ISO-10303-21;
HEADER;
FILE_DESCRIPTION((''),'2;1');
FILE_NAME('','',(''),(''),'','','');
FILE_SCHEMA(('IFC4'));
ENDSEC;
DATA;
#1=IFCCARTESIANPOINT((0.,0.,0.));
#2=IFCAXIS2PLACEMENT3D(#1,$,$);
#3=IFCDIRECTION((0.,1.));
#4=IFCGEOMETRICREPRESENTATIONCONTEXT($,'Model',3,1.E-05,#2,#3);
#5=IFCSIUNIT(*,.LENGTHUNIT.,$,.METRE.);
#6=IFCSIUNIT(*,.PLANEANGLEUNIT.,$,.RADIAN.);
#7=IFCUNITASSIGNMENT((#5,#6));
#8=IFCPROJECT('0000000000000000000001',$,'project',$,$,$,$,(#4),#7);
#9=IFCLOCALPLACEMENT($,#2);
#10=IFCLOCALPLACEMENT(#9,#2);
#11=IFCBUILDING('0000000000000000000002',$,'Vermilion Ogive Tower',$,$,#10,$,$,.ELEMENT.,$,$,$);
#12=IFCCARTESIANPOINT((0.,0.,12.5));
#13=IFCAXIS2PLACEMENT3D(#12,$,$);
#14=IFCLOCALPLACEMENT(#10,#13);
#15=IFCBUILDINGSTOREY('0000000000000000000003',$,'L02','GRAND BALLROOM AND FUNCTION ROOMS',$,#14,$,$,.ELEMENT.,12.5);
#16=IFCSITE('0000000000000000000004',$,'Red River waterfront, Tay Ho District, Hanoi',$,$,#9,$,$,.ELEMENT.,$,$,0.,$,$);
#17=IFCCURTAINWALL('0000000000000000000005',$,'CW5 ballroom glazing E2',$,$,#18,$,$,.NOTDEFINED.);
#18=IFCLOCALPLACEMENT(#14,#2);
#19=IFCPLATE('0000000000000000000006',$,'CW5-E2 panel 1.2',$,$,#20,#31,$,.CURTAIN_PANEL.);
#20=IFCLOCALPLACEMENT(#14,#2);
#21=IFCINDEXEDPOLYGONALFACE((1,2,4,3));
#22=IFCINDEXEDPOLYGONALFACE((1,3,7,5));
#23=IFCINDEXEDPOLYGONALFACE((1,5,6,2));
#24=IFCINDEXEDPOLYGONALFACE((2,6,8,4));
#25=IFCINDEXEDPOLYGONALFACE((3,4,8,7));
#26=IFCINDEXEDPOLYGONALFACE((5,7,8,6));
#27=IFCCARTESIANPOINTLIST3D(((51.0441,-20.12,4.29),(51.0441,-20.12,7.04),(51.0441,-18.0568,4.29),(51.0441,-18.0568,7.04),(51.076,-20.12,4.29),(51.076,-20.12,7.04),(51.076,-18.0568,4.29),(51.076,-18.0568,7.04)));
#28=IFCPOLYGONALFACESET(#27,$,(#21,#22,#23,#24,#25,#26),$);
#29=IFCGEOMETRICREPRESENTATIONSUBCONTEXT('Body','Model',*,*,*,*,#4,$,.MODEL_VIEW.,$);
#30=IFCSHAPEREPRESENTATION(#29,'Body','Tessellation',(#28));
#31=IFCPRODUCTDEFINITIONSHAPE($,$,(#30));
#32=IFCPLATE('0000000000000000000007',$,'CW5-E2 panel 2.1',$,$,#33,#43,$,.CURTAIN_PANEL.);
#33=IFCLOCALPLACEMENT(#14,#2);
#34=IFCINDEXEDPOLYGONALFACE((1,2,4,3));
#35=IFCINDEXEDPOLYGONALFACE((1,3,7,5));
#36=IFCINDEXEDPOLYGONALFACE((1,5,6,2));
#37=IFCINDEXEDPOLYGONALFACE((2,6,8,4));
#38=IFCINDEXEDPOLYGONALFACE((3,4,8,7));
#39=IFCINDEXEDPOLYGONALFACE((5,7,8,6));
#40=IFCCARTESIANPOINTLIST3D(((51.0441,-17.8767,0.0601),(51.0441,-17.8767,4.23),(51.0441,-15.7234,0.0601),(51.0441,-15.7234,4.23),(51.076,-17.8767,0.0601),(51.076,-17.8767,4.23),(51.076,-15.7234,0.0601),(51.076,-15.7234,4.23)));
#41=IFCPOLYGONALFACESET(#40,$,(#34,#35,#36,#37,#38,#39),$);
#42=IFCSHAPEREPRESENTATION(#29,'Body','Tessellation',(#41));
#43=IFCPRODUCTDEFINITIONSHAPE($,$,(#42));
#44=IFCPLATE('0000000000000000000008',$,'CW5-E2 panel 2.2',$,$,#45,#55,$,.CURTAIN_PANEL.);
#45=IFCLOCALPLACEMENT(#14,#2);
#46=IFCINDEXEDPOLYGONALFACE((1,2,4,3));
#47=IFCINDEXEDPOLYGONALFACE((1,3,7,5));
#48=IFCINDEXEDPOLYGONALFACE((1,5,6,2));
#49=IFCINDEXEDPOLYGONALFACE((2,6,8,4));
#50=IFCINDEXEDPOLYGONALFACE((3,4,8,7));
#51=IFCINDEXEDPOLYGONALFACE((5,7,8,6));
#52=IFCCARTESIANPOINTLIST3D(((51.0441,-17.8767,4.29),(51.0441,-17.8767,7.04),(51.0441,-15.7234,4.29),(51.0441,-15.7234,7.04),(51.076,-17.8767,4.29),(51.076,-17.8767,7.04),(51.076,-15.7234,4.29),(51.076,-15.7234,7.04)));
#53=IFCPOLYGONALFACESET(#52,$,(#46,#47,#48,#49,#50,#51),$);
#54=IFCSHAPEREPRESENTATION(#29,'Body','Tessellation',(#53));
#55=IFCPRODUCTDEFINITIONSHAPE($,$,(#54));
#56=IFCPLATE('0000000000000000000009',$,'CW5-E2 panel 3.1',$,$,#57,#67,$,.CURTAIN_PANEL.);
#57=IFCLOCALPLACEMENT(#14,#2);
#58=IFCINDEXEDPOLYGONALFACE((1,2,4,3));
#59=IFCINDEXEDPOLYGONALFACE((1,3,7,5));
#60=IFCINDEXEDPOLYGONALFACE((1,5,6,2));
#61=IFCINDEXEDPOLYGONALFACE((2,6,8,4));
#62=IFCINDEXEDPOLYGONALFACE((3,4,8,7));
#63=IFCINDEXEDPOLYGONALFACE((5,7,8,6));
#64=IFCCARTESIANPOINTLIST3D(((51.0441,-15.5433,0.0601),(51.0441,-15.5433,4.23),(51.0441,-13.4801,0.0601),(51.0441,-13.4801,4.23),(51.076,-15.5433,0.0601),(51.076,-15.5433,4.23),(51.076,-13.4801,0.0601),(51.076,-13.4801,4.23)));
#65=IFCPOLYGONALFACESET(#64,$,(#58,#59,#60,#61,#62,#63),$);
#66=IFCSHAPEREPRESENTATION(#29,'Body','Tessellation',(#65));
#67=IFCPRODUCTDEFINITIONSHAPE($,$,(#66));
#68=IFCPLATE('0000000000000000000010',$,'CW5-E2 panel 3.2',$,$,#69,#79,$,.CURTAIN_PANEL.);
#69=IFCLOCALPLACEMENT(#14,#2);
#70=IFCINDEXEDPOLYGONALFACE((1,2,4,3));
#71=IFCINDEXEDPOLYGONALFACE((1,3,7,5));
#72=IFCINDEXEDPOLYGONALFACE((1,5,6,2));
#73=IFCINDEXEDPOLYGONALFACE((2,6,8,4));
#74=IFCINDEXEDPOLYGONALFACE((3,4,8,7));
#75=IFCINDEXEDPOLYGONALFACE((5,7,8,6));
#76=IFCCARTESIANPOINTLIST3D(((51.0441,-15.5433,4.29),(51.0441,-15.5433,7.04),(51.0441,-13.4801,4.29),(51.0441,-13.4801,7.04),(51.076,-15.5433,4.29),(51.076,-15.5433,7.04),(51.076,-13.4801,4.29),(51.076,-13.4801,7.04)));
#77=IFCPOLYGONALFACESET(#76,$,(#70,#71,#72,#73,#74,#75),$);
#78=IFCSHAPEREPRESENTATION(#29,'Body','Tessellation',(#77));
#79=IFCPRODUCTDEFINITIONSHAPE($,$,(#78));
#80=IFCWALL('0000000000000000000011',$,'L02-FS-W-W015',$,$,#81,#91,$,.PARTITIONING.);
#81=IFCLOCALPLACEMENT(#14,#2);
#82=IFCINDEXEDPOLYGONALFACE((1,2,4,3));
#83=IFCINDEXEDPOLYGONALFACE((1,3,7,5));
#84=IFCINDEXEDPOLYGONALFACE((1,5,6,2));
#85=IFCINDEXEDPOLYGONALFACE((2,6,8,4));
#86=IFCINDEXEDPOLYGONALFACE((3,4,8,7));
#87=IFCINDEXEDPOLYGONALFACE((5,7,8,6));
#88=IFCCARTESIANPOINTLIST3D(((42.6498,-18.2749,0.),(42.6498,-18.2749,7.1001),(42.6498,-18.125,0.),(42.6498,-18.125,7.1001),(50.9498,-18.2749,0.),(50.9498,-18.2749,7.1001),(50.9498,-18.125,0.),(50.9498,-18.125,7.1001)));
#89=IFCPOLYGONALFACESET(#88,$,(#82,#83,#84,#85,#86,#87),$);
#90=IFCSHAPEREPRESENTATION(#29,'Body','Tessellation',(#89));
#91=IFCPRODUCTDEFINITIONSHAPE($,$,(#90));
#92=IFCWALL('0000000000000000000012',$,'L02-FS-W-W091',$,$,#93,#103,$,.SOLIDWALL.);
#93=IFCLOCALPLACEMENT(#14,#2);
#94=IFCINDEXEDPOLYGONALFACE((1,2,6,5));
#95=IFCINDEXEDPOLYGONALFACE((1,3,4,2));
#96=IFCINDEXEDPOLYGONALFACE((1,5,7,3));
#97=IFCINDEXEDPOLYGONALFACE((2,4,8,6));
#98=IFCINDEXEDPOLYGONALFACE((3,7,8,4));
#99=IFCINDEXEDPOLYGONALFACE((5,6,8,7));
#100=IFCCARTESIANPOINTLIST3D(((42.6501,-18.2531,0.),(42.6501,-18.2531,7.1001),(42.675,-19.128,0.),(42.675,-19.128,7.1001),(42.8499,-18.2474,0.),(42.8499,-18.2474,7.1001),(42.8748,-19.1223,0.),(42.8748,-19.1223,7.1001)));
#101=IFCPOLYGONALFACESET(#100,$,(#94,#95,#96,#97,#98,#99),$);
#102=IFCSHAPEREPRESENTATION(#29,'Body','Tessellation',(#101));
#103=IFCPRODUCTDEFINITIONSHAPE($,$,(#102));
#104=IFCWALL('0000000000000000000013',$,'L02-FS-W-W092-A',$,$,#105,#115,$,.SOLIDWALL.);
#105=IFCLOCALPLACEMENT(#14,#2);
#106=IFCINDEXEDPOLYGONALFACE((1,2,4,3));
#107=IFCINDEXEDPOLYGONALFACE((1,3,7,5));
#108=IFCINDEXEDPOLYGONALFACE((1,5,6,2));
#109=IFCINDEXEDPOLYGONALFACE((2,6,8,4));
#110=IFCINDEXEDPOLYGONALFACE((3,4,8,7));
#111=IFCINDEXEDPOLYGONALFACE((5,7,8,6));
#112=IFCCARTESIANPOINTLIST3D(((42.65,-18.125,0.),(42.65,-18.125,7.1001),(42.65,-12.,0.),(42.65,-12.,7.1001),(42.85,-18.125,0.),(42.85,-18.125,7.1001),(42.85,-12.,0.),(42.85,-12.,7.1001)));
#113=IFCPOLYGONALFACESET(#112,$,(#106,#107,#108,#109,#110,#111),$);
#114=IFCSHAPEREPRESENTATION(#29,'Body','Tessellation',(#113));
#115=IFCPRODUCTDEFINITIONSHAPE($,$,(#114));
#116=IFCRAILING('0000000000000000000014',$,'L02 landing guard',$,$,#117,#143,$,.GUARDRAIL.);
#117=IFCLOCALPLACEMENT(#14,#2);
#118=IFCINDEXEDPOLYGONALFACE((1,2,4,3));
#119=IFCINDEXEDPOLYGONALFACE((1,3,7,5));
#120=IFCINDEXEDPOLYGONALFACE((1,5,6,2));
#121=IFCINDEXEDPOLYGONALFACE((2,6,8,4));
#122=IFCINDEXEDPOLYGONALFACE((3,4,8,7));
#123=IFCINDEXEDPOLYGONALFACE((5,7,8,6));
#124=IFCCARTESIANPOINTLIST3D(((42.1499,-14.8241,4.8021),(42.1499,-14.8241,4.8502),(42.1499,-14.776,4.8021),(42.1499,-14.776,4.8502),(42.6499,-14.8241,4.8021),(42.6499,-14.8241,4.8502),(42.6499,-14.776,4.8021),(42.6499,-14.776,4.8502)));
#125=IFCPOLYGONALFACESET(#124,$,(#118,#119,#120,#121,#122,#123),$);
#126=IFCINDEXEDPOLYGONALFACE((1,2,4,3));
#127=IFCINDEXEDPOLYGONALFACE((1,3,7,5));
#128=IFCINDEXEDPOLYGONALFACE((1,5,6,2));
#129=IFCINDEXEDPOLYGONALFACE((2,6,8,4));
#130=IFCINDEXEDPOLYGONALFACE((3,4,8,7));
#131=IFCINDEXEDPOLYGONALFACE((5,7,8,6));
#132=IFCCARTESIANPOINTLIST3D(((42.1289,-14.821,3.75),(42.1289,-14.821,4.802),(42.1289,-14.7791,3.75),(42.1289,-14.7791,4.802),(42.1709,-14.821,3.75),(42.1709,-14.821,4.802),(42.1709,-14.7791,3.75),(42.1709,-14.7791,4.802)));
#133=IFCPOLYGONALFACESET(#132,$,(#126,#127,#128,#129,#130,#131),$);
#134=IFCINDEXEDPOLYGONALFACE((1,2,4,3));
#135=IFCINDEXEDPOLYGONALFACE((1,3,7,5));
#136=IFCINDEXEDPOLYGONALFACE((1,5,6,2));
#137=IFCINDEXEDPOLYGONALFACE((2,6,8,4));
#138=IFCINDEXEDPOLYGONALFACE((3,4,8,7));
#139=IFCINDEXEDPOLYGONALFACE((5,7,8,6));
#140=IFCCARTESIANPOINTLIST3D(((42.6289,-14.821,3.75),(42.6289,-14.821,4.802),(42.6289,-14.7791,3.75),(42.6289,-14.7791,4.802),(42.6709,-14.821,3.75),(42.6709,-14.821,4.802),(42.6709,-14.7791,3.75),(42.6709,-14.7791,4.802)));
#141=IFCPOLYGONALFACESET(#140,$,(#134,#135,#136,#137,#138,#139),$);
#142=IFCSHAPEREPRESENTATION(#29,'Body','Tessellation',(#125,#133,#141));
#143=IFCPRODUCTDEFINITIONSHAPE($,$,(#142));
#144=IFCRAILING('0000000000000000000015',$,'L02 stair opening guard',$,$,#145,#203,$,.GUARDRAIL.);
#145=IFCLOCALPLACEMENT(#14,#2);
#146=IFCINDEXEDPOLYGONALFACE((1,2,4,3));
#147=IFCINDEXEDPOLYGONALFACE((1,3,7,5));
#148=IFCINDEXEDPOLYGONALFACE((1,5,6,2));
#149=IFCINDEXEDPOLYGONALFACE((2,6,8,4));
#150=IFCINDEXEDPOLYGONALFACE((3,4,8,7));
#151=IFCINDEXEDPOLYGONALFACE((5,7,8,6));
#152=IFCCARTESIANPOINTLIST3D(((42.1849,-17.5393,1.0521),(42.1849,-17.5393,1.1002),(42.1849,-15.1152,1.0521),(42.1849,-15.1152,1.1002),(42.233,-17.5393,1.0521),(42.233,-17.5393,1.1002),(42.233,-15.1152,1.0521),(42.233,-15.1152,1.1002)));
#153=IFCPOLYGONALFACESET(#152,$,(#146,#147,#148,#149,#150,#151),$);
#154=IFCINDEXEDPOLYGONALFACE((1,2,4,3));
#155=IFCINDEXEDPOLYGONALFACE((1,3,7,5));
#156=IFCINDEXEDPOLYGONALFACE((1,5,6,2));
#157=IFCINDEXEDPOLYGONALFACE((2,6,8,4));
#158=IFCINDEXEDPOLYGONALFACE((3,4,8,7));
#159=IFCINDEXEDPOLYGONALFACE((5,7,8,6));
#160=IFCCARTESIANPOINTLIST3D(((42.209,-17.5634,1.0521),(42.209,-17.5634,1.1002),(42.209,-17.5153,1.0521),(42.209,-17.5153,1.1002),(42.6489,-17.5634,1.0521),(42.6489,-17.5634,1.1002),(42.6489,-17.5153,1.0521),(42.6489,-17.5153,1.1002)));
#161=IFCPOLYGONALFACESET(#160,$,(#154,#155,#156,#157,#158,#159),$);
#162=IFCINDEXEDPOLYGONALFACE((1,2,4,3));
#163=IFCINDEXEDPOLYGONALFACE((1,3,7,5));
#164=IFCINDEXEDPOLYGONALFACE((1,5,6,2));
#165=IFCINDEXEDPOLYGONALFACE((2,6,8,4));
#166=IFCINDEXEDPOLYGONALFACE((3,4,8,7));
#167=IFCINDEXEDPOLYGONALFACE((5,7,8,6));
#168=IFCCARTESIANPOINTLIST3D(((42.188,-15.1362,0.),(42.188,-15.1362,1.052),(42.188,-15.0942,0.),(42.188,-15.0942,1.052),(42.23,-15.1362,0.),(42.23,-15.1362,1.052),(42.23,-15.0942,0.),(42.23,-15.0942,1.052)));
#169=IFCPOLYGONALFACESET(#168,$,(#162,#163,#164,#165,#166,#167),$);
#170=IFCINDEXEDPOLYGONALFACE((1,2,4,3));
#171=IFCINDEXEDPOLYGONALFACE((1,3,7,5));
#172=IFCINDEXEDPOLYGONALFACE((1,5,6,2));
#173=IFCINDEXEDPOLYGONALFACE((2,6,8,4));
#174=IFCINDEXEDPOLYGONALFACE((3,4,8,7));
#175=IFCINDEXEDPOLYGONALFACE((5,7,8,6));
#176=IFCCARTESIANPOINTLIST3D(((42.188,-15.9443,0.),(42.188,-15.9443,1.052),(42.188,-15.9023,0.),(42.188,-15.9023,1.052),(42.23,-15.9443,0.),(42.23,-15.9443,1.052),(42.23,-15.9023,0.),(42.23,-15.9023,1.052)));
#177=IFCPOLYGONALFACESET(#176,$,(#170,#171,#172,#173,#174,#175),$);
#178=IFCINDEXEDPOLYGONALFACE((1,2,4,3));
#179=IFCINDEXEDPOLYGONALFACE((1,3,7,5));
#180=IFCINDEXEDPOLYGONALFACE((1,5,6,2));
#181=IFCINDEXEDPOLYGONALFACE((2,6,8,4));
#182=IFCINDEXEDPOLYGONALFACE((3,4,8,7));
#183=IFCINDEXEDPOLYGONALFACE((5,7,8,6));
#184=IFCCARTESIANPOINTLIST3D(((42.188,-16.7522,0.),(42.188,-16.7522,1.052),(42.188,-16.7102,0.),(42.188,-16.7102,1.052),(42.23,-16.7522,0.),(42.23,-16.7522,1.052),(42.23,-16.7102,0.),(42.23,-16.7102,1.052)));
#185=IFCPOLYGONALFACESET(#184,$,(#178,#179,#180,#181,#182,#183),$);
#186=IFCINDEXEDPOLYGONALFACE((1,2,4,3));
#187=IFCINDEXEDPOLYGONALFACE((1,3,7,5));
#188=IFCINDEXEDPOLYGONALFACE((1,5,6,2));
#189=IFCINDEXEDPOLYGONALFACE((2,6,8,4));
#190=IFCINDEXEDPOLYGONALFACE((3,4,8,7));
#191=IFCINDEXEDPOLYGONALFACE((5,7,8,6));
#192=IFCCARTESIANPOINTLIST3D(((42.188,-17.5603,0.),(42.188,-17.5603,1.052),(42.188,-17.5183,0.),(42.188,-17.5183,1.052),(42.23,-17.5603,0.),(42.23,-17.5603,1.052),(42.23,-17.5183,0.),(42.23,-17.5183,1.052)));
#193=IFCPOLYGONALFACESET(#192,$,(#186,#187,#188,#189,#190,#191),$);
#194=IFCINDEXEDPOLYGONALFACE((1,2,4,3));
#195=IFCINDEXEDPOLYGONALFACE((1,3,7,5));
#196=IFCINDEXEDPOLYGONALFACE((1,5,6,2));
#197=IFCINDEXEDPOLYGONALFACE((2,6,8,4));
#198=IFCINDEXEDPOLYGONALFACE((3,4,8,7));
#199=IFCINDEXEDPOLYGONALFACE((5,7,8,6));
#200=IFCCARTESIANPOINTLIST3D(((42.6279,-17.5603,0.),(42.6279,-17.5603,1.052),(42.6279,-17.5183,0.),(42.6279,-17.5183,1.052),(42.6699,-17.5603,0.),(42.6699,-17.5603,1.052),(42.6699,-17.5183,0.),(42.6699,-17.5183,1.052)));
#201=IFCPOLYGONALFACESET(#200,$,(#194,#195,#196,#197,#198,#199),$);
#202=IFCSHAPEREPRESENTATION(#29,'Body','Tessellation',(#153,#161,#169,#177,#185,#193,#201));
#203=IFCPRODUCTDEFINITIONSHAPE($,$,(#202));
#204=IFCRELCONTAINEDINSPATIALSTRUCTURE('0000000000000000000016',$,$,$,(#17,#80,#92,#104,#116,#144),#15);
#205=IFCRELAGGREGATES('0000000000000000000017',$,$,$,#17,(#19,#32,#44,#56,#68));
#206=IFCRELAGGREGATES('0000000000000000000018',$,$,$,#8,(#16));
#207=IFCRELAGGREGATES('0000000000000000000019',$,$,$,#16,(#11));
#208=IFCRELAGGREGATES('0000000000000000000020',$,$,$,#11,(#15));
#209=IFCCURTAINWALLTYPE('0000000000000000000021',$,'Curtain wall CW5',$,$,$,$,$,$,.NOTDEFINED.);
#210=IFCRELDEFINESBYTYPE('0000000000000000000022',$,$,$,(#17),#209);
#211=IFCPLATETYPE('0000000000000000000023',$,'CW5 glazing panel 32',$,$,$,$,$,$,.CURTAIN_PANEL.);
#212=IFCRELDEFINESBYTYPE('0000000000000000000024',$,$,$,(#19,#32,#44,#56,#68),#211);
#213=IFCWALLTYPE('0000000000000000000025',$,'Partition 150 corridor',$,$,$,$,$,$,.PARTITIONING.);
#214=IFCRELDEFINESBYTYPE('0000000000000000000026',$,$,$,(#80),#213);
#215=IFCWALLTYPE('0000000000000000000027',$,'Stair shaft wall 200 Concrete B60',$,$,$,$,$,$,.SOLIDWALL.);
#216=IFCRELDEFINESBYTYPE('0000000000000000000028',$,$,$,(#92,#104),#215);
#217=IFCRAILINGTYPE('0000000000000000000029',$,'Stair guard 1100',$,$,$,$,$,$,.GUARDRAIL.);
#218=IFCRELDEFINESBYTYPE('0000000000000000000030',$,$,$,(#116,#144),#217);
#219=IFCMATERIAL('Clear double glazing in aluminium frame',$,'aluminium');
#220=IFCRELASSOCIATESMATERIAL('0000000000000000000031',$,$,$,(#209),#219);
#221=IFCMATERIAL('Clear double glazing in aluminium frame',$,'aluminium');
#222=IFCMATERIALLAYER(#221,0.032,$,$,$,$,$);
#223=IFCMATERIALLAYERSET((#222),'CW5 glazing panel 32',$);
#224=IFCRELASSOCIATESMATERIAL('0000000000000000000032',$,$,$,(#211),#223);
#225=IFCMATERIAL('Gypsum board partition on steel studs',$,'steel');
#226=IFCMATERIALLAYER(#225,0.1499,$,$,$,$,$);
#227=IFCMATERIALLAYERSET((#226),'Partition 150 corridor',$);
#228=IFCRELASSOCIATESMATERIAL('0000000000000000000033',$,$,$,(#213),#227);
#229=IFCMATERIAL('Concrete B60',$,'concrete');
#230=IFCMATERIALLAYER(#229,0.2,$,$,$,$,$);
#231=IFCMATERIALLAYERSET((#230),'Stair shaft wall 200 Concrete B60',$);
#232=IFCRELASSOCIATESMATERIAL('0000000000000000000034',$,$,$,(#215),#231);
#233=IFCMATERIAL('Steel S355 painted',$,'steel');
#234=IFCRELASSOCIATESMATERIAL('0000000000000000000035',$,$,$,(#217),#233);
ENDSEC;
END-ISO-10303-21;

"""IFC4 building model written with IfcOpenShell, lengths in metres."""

from ifc_helpers import new_model, si_unit, direction, frame, frame_2d, origin, origin_2d, place, context, subcontext, project, spatial, rectangle, extrude, material, layer, layer_set, type_object, element, aggregate, save


model = new_model("IFC4")

# Units and contexts
model_context = context("Model", 3, precision=1e-05, world=origin(), true_north=direction((0.0, 1.0)))
body_context = subcontext(model_context, "Body", "Model", "MODEL_VIEW")
ifc_project = project(units=[si_unit("LENGTHUNIT", "METRE"), si_unit("PLANEANGLEUNIT", "RADIAN")], contexts=[model_context])

# Site, building, storey
site_placement = place(None, origin())
site = spatial("IfcSite", under=ifc_project, at=site_placement, Name="Red River waterfront, Tay Ho District, Hanoi", CompositionType="ELEMENT", RefElevation=0.0)
building_placement = place(site_placement, origin())
building = spatial("IfcBuilding", under=site, at=building_placement, Name="Vermilion Ogive Tower", CompositionType="ELEMENT")
storey_placement = place(building_placement, frame((0.0, 0.0, 12.5)))
storey = spatial("IfcBuildingStorey", under=building, at=storey_placement, Name="L02", Description="GRAND BALLROOM AND FUNCTION ROOMS", CompositionType="ELEMENT", Elevation=12.5)

# Curtain wall, plates
ifc_material_1 = material(Name="Clear double glazing in aluminium frame", Category="aluminium")
curtain_wall_type = type_object("IfcCurtainWallType", Name="Curtain wall CW5", PredefinedType="NOTDEFINED", material=ifc_material_1)
curtain_wall_placement = place(storey_placement, origin())
curtain_wall = element("IfcCurtainWall", 1, at=curtain_wall_placement, inside=storey, type_object=curtain_wall_type, Name="CW5 ballroom glazing E2", PredefinedType="NOTDEFINED")
ifc_material_2 = material(Name="Clear double glazing in aluminium frame", Category="aluminium")
ifc_layer_1 = layer(ifc_material_2, 0.032)
ifc_layer_set_1 = layer_set([ifc_layer_1], Name="CW5 glazing panel 32")
plate_type = type_object("IfcPlateType", Name="CW5 glazing panel 32", PredefinedType="CURTAIN_PANEL", material=ifc_layer_set_1)
plate_1_placement = place(storey_placement, frame((51.0601, -19.0884, 4.29), z_axis=(0.0, 0.0, 1.0), x_axis=(0.0, 1.0, 0.0)))
plate_1 = element("IfcPlate", 2, at=plate_1_placement, type_object=plate_type, Name="CW5-E2 panel 1.2", PredefinedType="CURTAIN_PANEL", context=body_context, shape_type="SweptSolid", body=[
    extrude(rectangle(XDim=2.0632, YDim=0.032, at=origin_2d()), origin(), (0.0, 0.0, 1.0), 2.75),
])
plate_2_placement = place(storey_placement, frame((51.0601, -16.8, 0.0601), z_axis=(0.0, 0.0, 1.0), x_axis=(0.0, 1.0, 0.0)))
plate_2 = element("IfcPlate", 3, at=plate_2_placement, type_object=plate_type, Name="CW5-E2 panel 2.1", PredefinedType="CURTAIN_PANEL", context=body_context, shape_type="SweptSolid", body=[
    extrude(rectangle(XDim=2.1533, YDim=0.032, at=origin_2d()), origin(), (0.0, 0.0, 1.0), 4.1699),
])
plate_3_placement = place(storey_placement, frame((51.0601, -16.8, 4.29), z_axis=(0.0, 0.0, 1.0), x_axis=(0.0, 1.0, 0.0)))
plate_3 = element("IfcPlate", 4, at=plate_3_placement, type_object=plate_type, Name="CW5-E2 panel 2.2", PredefinedType="CURTAIN_PANEL", context=body_context, shape_type="SweptSolid", body=[
    extrude(rectangle(XDim=2.1533, YDim=0.032, at=origin_2d()), origin(), (0.0, 0.0, 1.0), 2.75),
])
plate_4_placement = place(storey_placement, frame((51.0601, -14.5117, 0.0601), z_axis=(0.0, 0.0, 1.0), x_axis=(0.0, 1.0, 0.0)))
plate_4 = element("IfcPlate", 5, at=plate_4_placement, type_object=plate_type, Name="CW5-E2 panel 3.1", PredefinedType="CURTAIN_PANEL", context=body_context, shape_type="SweptSolid", body=[
    extrude(rectangle(XDim=2.0632, YDim=0.032, at=origin_2d()), origin(), (0.0, 0.0, 1.0), 4.1699),
])
plate_5_placement = place(storey_placement, frame((51.0601, -14.5117, 4.29), z_axis=(0.0, 0.0, 1.0), x_axis=(0.0, 1.0, 0.0)))
plate_5 = element("IfcPlate", 6, at=plate_5_placement, type_object=plate_type, Name="CW5-E2 panel 3.2", PredefinedType="CURTAIN_PANEL", context=body_context, shape_type="SweptSolid", body=[
    extrude(rectangle(XDim=2.0632, YDim=0.032, at=origin_2d()), origin(), (0.0, 0.0, 1.0), 2.75),
])
aggregate(curtain_wall, [plate_1, plate_2, plate_3, plate_4, plate_5])

# Walls
ifc_material_3 = material(Name="Gypsum board partition on steel studs", Category="steel")
ifc_layer_2 = layer(ifc_material_3, 0.1499)
ifc_layer_set_2 = layer_set([ifc_layer_2], Name="Partition 150 corridor")
wall_type_1 = type_object("IfcWallType", Name="Partition 150 corridor", PredefinedType="PARTITIONING", material=ifc_layer_set_2)
wall_1_placement = place(storey_placement, frame((42.6499, -18.2, 0.0), z_axis=(0.0, 0.0, 1.0), x_axis=(1.0, 0.0, 0.0)))
element("IfcWall", 7, at=wall_1_placement, inside=storey, type_object=wall_type_1, Name="L02-FS-W-W015", PredefinedType="PARTITIONING", context=body_context, shape_type="SweptSolid", body=[
    extrude(rectangle(XDim=8.3, YDim=0.1499, at=frame_2d((4.1499, 0.0))), origin(), (0.0, 0.0, 1.0), 7.1001),
])
ifc_material_4 = material(Name="Concrete B60", Category="concrete")
ifc_layer_3 = layer(ifc_material_4, 0.2)
ifc_layer_set_3 = layer_set([ifc_layer_3], Name="Stair shaft wall 200 Concrete B60")
wall_type_2 = type_object("IfcWallType", Name="Stair shaft wall 200 Concrete B60", PredefinedType="SOLIDWALL", material=ifc_layer_set_3)
wall_2_placement = place(storey_placement, frame((42.7749, -19.125, 0.0), z_axis=(0.0, 0.0, 1.0), x_axis=(-0.028448, 0.999595, 0.0)))
element("IfcWall", 8, at=wall_2_placement, inside=storey, type_object=wall_type_2, Name="L02-FS-W-W091", PredefinedType="SOLIDWALL", context=body_context, shape_type="SweptSolid", body=[
    extrude(rectangle(XDim=0.8752, YDim=0.2, at=frame_2d((0.4375, 0.0))), origin(), (0.0, 0.0, 1.0), 7.1001),
])
wall_3_placement = place(storey_placement, frame((42.75, -18.125, 0.0), z_axis=(0.0, 0.0, 1.0), x_axis=(0.0, 1.0, 0.0)))
element("IfcWall", 9, at=wall_3_placement, inside=storey, type_object=wall_type_2, Name="L02-FS-W-W092-A", PredefinedType="SOLIDWALL", context=body_context, shape_type="SweptSolid", body=[
    extrude(rectangle(XDim=6.125, YDim=0.2, at=frame_2d((3.0625, 0.0))), origin(), (0.0, 0.0, 1.0), 7.1001),
])

# Railings
ifc_material_5 = material(Name="Steel S355 painted", Category="steel")
railing_type = type_object("IfcRailingType", Name="Stair guard 1100", PredefinedType="GUARDRAIL", material=ifc_material_5)
railing_1_placement = place(storey_placement, frame((42.1499, -14.8, 3.75)))
element("IfcRailing", 10, at=railing_1_placement, inside=storey, type_object=railing_type, Name="L02 landing guard", PredefinedType="GUARDRAIL", context=body_context, shape_type="SweptSolid", body=[
    extrude(rectangle(XDim=0.0481, YDim=0.0481, at=origin_2d()), frame((0.0, 0.0, 1.0762), z_axis=(1.0, 0.0, 0.0), x_axis=(0.0, 1.0, 0.0)), (0.0, 0.0, 1.0), 0.5),
    extrude(rectangle(XDim=0.042, YDim=0.042, at=origin_2d()), origin(), (0.0, 0.0, 1.0), 1.052),
    extrude(rectangle(XDim=0.042, YDim=0.042, at=origin_2d()), frame((0.5, 0.0, 0.0)), (0.0, 0.0, 1.0), 1.052),
])
railing_2_placement = place(storey_placement, frame((42.209, -15.1152, 0.0)))
element("IfcRailing", 11, at=railing_2_placement, inside=storey, type_object=railing_type, Name="L02 stair opening guard", PredefinedType="GUARDRAIL", context=body_context, shape_type="SweptSolid", body=[
    extrude(rectangle(XDim=0.0481, YDim=0.0481, at=origin_2d()), frame((0.0, 0.0, 1.0762), z_axis=(0.0, -1.0, 0.0), x_axis=(1.0, 0.0, 0.0)), (0.0, 0.0, 1.0), 2.4241),
    extrude(rectangle(XDim=0.0481, YDim=0.0481, at=origin_2d()), frame((0.0, -2.4241, 1.0762), z_axis=(1.0, 0.0, 0.0), x_axis=(0.0, 1.0, 0.0)), (0.0, 0.0, 1.0), 0.4399),
    extrude(rectangle(XDim=0.042, YDim=0.042, at=origin_2d()), origin(), (0.0, 0.0, 1.0), 1.052),
    extrude(rectangle(XDim=0.042, YDim=0.042, at=origin_2d()), frame((0.0, -0.8081, 0.0)), (0.0, 0.0, 1.0), 1.052),
    extrude(rectangle(XDim=0.042, YDim=0.042, at=origin_2d()), frame((0.0, -1.616, 0.0)), (0.0, 0.0, 1.0), 1.052),
    extrude(rectangle(XDim=0.042, YDim=0.042, at=origin_2d()), frame((0.0, -2.4241, 0.0)), (0.0, 0.0, 1.0), 1.052),
    extrude(rectangle(XDim=0.042, YDim=0.042, at=origin_2d()), frame((0.4399, -2.4241, 0.0)), (0.0, 0.0, 1.0), 1.052),
])

save(model, "model.ifc")
